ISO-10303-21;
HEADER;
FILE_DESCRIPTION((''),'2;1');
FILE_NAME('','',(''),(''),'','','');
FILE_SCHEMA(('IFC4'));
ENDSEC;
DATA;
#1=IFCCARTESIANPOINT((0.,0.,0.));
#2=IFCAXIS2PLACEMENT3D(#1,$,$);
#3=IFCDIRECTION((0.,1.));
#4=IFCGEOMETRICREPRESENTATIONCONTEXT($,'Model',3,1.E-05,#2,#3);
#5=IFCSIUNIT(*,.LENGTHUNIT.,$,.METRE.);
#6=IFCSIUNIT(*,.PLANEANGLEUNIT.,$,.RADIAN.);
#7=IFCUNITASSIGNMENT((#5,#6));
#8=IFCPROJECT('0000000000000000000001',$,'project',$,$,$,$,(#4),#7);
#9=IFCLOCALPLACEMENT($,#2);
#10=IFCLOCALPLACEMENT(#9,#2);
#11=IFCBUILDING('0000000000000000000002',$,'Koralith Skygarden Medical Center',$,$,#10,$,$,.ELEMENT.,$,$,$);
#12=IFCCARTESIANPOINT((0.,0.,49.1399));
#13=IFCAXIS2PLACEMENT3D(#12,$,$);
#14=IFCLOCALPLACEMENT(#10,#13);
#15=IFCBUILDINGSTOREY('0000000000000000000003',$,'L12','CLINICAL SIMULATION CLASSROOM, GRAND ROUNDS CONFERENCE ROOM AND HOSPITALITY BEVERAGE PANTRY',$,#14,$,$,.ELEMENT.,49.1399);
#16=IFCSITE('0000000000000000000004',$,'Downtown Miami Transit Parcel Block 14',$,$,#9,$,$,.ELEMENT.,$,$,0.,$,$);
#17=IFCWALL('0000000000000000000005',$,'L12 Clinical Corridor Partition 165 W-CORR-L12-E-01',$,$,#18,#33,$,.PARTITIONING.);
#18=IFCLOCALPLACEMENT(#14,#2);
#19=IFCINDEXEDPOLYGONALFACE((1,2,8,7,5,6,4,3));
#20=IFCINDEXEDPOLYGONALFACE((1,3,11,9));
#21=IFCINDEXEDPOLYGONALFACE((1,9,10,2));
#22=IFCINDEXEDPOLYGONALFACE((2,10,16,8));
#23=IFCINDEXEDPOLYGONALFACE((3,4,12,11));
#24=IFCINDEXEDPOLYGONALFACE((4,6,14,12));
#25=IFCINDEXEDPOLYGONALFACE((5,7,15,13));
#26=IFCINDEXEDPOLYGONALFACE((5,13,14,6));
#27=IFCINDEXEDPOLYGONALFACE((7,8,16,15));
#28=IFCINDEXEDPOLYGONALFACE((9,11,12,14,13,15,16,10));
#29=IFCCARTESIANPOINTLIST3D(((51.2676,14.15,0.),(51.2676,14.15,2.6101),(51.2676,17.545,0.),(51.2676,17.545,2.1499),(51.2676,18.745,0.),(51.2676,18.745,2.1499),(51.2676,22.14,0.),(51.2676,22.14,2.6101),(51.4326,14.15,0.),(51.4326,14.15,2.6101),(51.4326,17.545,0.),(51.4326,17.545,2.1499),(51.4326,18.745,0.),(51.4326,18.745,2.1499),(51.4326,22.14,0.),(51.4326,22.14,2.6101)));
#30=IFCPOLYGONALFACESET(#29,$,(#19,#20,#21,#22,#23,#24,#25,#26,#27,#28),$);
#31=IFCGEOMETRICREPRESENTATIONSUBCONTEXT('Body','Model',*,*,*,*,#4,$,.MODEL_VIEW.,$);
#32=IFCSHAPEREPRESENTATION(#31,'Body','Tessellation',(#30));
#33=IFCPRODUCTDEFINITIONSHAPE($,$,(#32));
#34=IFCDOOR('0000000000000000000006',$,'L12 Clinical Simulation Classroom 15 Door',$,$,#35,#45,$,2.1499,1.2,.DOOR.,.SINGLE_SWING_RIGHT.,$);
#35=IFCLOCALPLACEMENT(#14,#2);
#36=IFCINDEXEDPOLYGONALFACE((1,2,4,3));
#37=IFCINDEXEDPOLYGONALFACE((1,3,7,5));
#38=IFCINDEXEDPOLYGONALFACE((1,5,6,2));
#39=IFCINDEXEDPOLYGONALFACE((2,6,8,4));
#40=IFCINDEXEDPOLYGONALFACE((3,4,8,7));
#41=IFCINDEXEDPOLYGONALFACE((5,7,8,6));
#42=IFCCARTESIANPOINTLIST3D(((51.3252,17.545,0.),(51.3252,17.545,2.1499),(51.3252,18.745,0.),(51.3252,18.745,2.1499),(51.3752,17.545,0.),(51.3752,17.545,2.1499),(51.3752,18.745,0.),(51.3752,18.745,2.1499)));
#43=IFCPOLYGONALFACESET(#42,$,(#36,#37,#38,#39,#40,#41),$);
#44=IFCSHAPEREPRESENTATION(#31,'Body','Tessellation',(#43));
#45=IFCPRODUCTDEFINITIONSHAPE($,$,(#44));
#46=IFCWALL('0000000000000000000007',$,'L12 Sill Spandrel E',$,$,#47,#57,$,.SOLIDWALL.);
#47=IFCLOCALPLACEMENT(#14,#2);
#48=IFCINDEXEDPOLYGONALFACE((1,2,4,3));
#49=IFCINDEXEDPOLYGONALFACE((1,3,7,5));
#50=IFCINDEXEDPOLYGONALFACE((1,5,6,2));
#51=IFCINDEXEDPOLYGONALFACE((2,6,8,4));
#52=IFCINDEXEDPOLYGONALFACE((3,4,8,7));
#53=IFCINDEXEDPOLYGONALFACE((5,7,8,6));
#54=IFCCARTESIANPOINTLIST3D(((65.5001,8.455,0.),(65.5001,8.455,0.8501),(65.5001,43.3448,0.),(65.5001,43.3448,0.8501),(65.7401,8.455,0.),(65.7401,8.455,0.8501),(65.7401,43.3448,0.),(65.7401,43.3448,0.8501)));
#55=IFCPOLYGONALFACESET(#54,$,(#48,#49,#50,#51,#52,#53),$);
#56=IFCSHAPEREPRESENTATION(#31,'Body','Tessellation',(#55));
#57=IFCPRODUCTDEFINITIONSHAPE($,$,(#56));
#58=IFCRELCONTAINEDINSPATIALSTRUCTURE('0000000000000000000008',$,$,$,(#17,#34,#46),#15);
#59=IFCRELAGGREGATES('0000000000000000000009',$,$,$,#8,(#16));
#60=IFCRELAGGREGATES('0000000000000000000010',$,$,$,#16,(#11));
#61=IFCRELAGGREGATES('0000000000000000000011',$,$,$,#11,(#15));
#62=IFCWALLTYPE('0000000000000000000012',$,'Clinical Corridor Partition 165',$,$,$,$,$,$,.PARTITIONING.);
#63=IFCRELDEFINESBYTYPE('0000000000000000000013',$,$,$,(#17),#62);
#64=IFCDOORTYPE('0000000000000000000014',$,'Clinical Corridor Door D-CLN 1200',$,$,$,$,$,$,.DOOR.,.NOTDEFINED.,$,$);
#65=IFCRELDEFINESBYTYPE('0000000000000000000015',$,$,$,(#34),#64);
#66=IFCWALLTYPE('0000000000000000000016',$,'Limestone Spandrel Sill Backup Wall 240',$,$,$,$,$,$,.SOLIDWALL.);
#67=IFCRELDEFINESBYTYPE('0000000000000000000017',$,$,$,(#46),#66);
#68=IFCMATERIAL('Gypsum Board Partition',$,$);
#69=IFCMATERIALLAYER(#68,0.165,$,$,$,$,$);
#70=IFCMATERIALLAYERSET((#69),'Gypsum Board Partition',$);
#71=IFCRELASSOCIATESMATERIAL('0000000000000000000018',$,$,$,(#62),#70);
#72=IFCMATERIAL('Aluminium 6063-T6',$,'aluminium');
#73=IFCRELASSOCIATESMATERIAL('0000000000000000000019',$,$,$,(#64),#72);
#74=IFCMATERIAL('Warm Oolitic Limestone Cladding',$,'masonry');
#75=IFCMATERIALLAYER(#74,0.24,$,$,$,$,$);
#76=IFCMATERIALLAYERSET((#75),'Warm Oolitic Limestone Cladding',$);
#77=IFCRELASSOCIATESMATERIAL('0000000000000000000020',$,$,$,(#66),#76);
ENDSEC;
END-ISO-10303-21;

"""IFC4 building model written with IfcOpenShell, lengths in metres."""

from ifc_helpers import new_model, si_unit, direction, frame, frame_2d, origin, place, context, subcontext, project, spatial, rectangle, extrude, material, layer, layer_set, type_object, element, fill, save


model = new_model("IFC4")

# Units and contexts
model_context = context("Model", 3, precision=1e-05, world=origin(), true_north=direction((0.0, 1.0)))
body_context = subcontext(model_context, "Body", "Model", "MODEL_VIEW")
ifc_project = project(units=[si_unit("LENGTHUNIT", "METRE"), si_unit("PLANEANGLEUNIT", "RADIAN")], contexts=[model_context])

# Site, building, storey
site_placement = place(None, origin())
site = spatial("IfcSite", under=ifc_project, at=site_placement, Name="Downtown Miami Transit Parcel Block 14", CompositionType="ELEMENT", RefElevation=0.0)
building_placement = place(site_placement, origin())
building = spatial("IfcBuilding", under=site, at=building_placement, Name="Koralith Skygarden Medical Center", CompositionType="ELEMENT")
storey_placement = place(building_placement, frame((0.0, 0.0, 49.1399)))
storey = spatial("IfcBuildingStorey", under=building, at=storey_placement, Name="L12", Description="CLINICAL SIMULATION CLASSROOM, GRAND ROUNDS CONFERENCE ROOM AND HOSPITALITY BEVERAGE PANTRY", CompositionType="ELEMENT", Elevation=49.1399)

# Shared definitions
ifc_material_1 = material(Name="Aluminium 6063-T6", Category="aluminium")

# Shared definitions
ifc_material_2 = material(Name="Gypsum Board Partition")
ifc_layer_1 = layer(ifc_material_2, 0.165)
ifc_layer_set_1 = layer_set([ifc_layer_1], Name="Gypsum Board Partition")
wall_type_1 = type_object("IfcWallType", Name="Clinical Corridor Partition 165", PredefinedType="PARTITIONING", material=ifc_layer_set_1)

# Wall, opening, door
door_type_1 = type_object("IfcDoorType", Name="Clinical Corridor Door D-CLN 1200", OperationType="NOTDEFINED", PredefinedType="DOOR", material=ifc_material_1)
wall_1_placement = place(storey_placement, frame((51.3501, 14.1499, 0.0), z_axis=(0.0, 0.0, 1.0), x_axis=(0.0, 1.0, 0.0)))
wall_1 = element("IfcWall", 1, at=wall_1_placement, inside=storey, type_object=wall_type_1, Name="L12 Clinical Corridor Partition 165 W-CORR-L12-E-01", PredefinedType="PARTITIONING", context=body_context, shape_type="SweptSolid", body=[
    extrude(rectangle(XDim=7.99, YDim=0.165, at=frame_2d((3.9951, 0.0))), origin(), (0.0, 0.0, 1.0), 2.6101),
])
opening_1_placement = place(wall_1_placement, frame((3.395, 0.0, 0.0)))
opening_1 = element("IfcOpeningElement", 2, at=opening_1_placement, cuts=wall_1, PredefinedType="OPENING", context=body_context, shape_type="SweptSolid", body=[
    extrude(rectangle(XDim=1.2, YDim=2.1499, at=frame_2d((0.6001, 1.075))), frame((0.0, 0.0925, 0.0), z_axis=(0.0, -1.0, 0.0), x_axis=(1.0, 0.0, 0.0)), (0.0, 0.0, 1.0), 0.1851),
])
door_1_placement = place(opening_1_placement, origin())
door_1 = element("IfcDoor", 3, at=door_1_placement, inside=storey, type_object=door_type_1, Name="L12 Clinical Simulation Classroom 15 Door", OperationType="SINGLE_SWING_RIGHT", OverallHeight=2.1499, OverallWidth=1.2, PredefinedType="DOOR", context=body_context, shape_type="SweptSolid", body=[
    extrude(rectangle(XDim=1.2, YDim=2.1499, at=frame_2d((0.6001, 1.075))), frame((0.0, 0.0249, 0.0), z_axis=(0.0, -1.0, 0.0), x_axis=(1.0, 0.0, 0.0)), (0.0, 0.0, 1.0), 0.05),
])
fill(opening_1, door_1)

# Wall
ifc_material_3 = material(Name="Warm Oolitic Limestone Cladding", Category="masonry")
ifc_layer_2 = layer(ifc_material_3, 0.24)
ifc_layer_set_2 = layer_set([ifc_layer_2], Name="Warm Oolitic Limestone Cladding")
wall_type_2 = type_object("IfcWallType", Name="Limestone Spandrel Sill Backup Wall 240", PredefinedType="SOLIDWALL", material=ifc_layer_set_2)
wall_2_placement = place(storey_placement, frame((65.6201, 8.4551, 0.0), z_axis=(0.0, 0.0, 1.0), x_axis=(0.0, 1.0, 0.0)))
element("IfcWall", 4, at=wall_2_placement, inside=storey, type_object=wall_type_2, Name="L12 Sill Spandrel E", PredefinedType="SOLIDWALL", context=body_context, shape_type="SweptSolid", body=[
    extrude(rectangle(XDim=34.8899, YDim=0.24, at=frame_2d((17.4448, 0.0))), origin(), (0.0, 0.0, 1.0), 0.8501),
])

save(model, "model.ifc")
